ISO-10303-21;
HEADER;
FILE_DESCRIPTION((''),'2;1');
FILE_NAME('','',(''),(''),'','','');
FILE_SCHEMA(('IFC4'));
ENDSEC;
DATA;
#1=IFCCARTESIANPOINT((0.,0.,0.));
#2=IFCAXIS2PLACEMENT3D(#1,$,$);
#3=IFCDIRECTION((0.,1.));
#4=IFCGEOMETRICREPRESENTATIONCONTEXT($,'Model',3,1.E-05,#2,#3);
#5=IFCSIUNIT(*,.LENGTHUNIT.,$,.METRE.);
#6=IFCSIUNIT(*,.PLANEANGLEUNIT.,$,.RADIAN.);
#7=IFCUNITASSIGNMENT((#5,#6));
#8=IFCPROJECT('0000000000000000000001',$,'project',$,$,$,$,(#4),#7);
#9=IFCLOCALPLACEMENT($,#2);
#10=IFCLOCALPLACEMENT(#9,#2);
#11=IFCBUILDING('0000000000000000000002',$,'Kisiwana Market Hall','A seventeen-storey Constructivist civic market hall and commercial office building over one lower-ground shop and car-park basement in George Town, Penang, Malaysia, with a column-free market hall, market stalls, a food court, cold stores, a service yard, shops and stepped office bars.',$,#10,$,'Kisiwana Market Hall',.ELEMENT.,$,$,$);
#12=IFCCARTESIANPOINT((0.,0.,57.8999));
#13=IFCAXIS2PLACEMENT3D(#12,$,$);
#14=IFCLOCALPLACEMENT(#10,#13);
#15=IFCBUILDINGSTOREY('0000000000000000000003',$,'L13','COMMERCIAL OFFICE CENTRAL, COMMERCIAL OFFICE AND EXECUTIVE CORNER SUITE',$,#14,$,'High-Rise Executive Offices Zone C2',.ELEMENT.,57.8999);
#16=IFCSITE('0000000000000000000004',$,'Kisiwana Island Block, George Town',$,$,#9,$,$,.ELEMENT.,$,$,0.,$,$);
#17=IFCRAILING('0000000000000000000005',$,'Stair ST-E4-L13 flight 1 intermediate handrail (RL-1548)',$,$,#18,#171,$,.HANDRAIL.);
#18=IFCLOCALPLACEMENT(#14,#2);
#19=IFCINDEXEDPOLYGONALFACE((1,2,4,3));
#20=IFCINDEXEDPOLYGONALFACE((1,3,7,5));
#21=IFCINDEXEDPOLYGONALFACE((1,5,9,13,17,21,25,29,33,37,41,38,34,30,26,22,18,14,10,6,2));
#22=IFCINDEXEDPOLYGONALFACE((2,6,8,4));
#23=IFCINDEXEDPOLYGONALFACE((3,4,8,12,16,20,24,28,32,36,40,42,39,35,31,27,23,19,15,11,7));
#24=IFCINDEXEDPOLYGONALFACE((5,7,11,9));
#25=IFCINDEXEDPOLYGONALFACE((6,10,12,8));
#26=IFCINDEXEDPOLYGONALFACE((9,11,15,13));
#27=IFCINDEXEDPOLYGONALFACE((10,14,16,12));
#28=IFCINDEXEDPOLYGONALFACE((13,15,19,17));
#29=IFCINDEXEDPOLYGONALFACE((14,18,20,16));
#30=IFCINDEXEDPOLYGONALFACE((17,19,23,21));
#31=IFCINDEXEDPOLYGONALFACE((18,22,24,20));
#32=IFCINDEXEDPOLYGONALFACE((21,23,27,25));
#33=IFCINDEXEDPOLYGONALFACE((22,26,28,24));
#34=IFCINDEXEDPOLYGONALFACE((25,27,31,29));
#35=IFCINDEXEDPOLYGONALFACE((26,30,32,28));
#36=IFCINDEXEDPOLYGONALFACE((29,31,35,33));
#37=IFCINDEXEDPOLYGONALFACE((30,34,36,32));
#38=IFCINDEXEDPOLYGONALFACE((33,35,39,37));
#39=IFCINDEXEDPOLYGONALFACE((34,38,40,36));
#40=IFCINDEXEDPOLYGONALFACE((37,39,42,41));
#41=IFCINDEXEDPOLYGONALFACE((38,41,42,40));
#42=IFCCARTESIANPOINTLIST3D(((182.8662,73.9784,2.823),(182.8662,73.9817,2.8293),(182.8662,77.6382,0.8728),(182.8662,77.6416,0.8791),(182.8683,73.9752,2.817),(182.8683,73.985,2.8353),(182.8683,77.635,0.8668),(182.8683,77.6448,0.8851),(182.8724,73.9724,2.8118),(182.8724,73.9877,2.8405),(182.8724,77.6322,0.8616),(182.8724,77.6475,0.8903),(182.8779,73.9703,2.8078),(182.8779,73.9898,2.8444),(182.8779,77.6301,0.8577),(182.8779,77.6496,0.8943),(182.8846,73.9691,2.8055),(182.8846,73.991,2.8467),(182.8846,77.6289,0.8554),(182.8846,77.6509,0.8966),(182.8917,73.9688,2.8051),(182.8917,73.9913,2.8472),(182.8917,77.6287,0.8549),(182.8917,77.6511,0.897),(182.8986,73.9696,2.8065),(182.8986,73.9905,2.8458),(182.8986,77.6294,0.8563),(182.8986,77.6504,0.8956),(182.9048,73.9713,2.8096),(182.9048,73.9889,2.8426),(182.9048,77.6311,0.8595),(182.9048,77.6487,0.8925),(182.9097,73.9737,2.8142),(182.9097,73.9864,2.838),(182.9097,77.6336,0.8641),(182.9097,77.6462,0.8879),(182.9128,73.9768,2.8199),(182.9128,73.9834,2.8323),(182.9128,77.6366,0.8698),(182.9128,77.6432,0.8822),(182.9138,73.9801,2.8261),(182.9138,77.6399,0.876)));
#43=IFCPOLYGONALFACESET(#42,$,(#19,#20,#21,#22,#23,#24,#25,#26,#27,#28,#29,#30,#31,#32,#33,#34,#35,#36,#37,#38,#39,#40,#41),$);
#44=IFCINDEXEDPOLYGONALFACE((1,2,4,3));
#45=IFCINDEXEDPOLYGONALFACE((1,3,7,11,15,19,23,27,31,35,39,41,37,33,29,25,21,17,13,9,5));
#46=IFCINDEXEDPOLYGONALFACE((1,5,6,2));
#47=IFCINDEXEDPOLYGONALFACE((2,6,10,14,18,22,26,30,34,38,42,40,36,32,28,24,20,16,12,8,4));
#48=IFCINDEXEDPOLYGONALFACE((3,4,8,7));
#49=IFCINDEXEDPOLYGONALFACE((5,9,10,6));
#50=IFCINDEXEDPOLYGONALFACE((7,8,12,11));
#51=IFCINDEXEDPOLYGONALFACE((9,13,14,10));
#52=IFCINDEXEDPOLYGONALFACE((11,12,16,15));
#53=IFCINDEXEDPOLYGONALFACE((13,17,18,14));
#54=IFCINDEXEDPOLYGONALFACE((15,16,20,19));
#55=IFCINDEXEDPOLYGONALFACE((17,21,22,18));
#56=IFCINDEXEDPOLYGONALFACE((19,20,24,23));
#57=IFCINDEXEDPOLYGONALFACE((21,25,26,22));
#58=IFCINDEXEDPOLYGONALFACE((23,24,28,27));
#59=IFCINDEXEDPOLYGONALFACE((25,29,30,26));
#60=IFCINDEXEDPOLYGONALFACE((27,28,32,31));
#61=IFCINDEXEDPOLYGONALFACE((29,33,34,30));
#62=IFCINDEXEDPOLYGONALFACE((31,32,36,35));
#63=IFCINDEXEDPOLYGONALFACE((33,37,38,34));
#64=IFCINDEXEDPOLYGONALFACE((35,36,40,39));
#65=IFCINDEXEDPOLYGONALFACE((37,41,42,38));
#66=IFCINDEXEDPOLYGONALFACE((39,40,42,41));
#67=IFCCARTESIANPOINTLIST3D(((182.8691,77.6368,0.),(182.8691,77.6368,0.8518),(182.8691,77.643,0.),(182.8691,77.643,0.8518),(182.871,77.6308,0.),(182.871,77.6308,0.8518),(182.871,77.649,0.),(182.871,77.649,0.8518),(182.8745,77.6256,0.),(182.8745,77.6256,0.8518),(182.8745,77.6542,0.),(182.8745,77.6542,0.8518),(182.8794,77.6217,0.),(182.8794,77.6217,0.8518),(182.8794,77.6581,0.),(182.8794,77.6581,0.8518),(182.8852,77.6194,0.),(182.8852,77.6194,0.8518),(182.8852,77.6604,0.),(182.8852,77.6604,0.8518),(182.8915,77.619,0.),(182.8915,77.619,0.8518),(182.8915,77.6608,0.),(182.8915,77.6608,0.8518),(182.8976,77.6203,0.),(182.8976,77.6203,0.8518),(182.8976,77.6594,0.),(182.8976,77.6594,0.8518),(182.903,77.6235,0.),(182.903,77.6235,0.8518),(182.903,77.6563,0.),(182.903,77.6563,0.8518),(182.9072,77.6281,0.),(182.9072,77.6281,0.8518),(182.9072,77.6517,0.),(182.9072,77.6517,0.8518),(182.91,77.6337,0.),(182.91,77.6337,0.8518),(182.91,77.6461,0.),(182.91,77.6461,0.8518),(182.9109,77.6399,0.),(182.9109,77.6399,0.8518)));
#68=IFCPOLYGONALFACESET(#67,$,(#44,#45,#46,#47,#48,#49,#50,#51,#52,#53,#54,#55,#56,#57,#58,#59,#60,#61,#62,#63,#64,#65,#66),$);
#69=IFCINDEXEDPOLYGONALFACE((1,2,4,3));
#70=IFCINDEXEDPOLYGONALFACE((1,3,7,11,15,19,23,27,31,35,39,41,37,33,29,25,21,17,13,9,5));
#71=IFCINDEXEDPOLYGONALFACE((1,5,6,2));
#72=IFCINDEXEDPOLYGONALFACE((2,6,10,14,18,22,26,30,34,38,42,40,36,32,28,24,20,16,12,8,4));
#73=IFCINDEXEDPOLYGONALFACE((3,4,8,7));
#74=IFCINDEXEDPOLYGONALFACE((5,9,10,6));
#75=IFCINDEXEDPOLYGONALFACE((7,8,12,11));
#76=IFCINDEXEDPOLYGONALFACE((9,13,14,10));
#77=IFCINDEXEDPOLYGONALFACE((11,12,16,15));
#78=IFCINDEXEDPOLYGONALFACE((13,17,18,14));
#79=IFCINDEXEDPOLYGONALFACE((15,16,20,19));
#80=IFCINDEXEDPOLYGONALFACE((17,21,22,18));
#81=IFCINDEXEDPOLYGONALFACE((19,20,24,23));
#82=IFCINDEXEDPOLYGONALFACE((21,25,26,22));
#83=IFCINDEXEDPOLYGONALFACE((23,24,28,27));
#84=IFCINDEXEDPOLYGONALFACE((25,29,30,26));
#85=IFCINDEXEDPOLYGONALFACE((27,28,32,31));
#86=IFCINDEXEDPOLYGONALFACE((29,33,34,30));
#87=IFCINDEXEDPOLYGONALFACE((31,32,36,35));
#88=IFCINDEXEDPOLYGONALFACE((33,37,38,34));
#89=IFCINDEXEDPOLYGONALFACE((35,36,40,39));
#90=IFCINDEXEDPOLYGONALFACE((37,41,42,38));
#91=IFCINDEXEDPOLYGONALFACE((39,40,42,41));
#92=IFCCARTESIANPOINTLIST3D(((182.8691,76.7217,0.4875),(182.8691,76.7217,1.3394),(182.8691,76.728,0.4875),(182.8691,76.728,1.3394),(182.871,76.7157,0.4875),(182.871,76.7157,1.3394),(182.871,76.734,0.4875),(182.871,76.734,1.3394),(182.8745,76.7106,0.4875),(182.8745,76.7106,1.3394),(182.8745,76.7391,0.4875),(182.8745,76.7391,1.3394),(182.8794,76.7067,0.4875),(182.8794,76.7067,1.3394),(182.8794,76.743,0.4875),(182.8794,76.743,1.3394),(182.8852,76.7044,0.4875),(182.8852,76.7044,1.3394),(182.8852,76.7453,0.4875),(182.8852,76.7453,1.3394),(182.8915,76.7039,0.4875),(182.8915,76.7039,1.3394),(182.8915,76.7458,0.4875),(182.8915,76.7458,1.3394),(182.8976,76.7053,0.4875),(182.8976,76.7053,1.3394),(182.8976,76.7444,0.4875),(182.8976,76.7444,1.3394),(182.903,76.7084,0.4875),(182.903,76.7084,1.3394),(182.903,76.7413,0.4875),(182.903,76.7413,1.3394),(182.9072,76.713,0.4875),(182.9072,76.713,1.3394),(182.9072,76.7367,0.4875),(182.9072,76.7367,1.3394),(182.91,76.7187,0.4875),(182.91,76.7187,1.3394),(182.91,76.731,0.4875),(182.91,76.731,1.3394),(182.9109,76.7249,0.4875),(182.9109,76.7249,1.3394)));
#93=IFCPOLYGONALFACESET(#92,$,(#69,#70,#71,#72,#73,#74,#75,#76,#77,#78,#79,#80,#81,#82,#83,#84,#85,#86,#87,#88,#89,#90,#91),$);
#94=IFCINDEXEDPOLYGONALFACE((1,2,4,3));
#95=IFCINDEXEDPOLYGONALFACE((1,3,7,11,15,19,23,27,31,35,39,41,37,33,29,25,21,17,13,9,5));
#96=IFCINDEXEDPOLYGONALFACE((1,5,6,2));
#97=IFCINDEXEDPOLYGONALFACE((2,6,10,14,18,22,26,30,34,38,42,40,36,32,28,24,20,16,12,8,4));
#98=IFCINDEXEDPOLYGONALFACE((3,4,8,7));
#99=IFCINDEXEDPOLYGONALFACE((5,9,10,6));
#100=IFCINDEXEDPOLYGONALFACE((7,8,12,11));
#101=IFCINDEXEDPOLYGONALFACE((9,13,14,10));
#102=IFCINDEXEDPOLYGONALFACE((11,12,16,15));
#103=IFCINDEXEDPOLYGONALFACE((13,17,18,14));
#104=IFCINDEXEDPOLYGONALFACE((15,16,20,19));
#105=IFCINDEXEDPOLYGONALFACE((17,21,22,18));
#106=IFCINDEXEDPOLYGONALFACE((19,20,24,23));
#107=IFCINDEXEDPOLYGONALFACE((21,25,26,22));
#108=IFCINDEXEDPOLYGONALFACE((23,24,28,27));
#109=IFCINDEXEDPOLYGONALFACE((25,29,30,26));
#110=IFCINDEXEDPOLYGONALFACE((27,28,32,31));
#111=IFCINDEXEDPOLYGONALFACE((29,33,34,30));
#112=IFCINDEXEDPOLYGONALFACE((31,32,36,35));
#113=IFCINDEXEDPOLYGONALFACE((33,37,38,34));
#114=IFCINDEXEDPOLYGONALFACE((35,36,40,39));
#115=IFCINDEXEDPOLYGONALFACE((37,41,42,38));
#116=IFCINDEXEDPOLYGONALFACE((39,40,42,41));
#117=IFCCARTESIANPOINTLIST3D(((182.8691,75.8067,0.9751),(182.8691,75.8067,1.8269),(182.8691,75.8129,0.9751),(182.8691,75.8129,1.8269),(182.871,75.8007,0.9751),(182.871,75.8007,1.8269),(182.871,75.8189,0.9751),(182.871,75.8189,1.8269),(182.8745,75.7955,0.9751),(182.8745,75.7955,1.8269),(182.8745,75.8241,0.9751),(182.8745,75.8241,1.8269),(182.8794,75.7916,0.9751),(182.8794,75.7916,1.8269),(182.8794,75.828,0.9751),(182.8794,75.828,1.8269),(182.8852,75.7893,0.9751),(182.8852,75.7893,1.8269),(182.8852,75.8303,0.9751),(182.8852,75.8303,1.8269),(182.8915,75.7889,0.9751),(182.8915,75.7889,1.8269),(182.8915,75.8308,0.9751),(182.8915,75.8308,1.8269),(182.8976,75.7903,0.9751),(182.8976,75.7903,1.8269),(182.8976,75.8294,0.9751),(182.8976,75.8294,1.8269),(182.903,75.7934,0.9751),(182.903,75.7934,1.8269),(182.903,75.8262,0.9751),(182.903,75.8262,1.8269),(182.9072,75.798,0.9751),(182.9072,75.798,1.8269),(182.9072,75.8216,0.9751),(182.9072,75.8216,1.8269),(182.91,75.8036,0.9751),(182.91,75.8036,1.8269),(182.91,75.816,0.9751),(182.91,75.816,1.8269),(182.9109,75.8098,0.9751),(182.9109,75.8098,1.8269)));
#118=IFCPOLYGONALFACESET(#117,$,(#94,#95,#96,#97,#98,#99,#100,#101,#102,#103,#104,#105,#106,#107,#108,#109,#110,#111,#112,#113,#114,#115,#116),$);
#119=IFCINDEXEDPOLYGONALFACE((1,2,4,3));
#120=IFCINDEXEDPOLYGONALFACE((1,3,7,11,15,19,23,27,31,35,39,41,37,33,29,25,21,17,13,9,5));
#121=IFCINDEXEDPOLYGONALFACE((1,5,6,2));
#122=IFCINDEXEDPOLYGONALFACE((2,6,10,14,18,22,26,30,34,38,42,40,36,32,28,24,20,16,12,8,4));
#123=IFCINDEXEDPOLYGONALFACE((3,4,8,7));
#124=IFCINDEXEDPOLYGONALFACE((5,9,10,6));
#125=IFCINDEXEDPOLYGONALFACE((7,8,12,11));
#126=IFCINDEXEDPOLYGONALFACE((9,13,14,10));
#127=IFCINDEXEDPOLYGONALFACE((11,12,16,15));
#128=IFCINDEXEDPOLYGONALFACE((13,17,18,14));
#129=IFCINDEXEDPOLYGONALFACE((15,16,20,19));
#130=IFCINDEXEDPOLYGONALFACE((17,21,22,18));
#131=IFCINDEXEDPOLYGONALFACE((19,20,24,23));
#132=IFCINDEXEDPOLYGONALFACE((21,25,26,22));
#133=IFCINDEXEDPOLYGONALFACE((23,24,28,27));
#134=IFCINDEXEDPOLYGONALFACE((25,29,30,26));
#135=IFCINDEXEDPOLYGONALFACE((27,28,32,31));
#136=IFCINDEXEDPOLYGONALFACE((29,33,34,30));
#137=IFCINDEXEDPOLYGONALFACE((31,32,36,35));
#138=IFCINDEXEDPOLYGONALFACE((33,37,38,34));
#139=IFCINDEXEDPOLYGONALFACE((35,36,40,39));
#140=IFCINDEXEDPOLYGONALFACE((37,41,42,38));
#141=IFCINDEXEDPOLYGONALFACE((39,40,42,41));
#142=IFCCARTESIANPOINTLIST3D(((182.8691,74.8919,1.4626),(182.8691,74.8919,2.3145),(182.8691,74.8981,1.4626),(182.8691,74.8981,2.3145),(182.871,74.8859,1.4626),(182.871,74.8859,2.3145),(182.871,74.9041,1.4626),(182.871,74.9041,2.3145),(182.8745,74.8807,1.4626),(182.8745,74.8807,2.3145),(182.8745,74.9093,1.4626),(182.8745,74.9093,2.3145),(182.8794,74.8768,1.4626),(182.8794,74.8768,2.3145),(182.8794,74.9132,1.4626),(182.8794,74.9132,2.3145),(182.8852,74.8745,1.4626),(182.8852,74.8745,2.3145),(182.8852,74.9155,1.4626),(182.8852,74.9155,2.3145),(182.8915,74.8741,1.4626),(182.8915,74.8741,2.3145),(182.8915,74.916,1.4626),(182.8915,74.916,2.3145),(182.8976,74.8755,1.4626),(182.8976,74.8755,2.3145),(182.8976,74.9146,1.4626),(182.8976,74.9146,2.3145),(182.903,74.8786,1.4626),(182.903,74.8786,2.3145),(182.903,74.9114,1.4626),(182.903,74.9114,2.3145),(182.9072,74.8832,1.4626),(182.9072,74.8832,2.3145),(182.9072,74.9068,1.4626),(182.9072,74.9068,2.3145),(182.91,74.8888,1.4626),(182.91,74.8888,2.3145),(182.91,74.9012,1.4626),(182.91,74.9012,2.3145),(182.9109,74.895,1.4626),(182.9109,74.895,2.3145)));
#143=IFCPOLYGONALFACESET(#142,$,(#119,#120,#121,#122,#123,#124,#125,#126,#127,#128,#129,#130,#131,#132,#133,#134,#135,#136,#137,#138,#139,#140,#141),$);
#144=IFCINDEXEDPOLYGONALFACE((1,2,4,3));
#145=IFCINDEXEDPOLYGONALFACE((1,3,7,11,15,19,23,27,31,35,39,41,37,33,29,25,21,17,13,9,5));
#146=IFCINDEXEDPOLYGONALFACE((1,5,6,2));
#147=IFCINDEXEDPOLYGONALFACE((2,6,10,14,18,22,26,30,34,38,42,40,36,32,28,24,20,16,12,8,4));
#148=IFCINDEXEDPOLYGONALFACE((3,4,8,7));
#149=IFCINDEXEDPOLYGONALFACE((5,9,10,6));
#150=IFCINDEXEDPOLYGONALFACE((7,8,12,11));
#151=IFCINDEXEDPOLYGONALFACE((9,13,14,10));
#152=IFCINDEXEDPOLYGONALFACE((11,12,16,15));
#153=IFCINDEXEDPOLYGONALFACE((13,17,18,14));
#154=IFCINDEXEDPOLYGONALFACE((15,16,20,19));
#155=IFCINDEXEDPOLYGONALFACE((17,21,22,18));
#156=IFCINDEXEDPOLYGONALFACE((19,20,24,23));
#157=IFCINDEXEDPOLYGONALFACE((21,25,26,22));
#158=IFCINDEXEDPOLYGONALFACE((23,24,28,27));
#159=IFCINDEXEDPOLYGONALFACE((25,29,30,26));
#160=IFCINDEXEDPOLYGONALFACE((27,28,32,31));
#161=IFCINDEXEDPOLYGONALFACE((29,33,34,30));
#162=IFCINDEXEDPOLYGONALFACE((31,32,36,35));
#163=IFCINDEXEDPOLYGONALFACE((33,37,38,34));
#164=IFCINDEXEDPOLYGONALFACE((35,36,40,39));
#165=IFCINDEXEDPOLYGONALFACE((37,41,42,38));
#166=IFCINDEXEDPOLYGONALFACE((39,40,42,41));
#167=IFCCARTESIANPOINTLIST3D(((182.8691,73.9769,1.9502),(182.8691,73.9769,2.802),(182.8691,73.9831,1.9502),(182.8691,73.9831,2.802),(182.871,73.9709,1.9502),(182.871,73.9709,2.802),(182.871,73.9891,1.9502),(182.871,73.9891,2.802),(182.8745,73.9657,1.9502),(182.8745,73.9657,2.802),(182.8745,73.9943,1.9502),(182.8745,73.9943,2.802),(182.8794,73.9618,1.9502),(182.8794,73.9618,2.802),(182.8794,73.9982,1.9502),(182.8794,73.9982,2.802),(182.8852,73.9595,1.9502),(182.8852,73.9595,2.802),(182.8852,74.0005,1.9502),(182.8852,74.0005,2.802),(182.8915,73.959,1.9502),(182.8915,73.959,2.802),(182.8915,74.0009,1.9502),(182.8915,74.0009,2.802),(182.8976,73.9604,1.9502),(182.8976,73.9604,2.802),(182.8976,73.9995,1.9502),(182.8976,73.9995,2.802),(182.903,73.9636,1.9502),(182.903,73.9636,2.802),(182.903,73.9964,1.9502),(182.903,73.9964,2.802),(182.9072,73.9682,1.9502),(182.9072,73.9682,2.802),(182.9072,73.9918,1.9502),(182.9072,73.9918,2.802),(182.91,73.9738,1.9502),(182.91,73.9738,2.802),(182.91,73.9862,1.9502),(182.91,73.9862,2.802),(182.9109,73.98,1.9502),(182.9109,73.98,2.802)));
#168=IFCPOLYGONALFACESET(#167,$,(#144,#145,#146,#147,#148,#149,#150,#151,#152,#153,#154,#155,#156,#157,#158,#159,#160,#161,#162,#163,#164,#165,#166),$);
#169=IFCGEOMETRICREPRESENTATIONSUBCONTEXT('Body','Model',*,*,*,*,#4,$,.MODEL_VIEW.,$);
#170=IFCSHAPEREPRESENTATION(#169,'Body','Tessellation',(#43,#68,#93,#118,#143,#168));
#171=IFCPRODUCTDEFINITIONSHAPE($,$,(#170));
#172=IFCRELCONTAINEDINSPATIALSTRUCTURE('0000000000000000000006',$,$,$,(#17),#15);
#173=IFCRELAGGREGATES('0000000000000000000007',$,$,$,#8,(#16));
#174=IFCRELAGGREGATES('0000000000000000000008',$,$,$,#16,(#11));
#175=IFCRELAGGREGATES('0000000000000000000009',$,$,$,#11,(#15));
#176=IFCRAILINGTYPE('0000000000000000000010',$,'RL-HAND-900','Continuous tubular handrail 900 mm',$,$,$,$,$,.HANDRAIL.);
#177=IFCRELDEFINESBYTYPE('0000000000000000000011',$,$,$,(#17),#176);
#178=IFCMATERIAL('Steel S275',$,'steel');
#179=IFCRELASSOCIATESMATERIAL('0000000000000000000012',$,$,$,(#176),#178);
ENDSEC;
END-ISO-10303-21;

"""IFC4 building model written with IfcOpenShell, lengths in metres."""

from ifc_helpers import new_model, si_unit, direction, frame, origin, origin_2d, place, context, subcontext, project, spatial, circle, extrude, material, type_object, element, save


model = new_model("IFC4")

# Units and contexts
model_context = context("Model", 3, precision=1e-05, world=origin(), true_north=direction((0.0, 1.0)))
body_context = subcontext(model_context, "Body", "Model", "MODEL_VIEW")
ifc_project = project(units=[si_unit("LENGTHUNIT", "METRE"), si_unit("PLANEANGLEUNIT", "RADIAN")], contexts=[model_context])

# Site, building, storey
site_placement = place(None, origin())
site = spatial("IfcSite", under=ifc_project, at=site_placement, Name="Kisiwana Island Block, George Town", CompositionType="ELEMENT", RefElevation=0.0)
building_placement = place(site_placement, origin())
building = spatial("IfcBuilding", under=site, at=building_placement, Name="Kisiwana Market Hall", Description="A seventeen-storey Constructivist civic market hall and commercial office building over one lower-ground shop and car-park basement in George Town, Penang, Malaysia, with a column-free market hall, market stalls, a food court, cold stores, a service yard, shops and stepped office bars.", LongName="Kisiwana Market Hall", CompositionType="ELEMENT")
storey_placement = place(building_placement, frame((0.0, 0.0, 57.8999)))
storey = spatial("IfcBuildingStorey", under=building, at=storey_placement, Name="L13", Description="COMMERCIAL OFFICE CENTRAL, COMMERCIAL OFFICE AND EXECUTIVE CORNER SUITE", LongName="High-Rise Executive Offices Zone C2", CompositionType="ELEMENT", Elevation=57.8999)

# Railing
ifc_material_1 = material(Name="Steel S275", Category="steel")
railing_type_1 = type_object("IfcRailingType", Name="RL-HAND-900", Description="Continuous tubular handrail 900 mm", PredefinedType="HANDRAIL", material=ifc_material_1)
railing_1_placement = place(storey_placement, frame((182.8899, 77.6399, 0.0)))
element("IfcRailing", 1, at=railing_1_placement, inside=storey, type_object=railing_type_1, Name="Stair ST-E4-L13 flight 1 intermediate handrail (RL-1548)", PredefinedType="HANDRAIL", context=body_context, shape_type="SweptSolid", body=[
    extrude(circle(Radius=0.0239, at=origin_2d()), frame((0.0, 0.0, 0.876), z_axis=(0.0, -0.882529, 0.470258), x_axis=(1.0, 0.0, 0.0)), (0.0, 0.0, 1.0), 4.147),
    extrude(circle(Radius=0.021, at=origin_2d()), origin(), (0.0, 0.0, 1.0), 0.8518),
    extrude(circle(Radius=0.021, at=origin_2d()), frame((0.0, -0.915, 0.4875)), (0.0, 0.0, 1.0), 0.8518),
    extrude(circle(Radius=0.021, at=origin_2d()), frame((0.0, -1.8301, 0.9751)), (0.0, 0.0, 1.0), 0.8518),
    extrude(circle(Radius=0.021, at=origin_2d()), frame((0.0, -2.7449, 1.4626)), (0.0, 0.0, 1.0), 0.8518),
    extrude(circle(Radius=0.021, at=origin_2d()), frame((0.0, -3.6599, 1.9502)), (0.0, 0.0, 1.0), 0.8518),
])

save(model, "model.ifc")
